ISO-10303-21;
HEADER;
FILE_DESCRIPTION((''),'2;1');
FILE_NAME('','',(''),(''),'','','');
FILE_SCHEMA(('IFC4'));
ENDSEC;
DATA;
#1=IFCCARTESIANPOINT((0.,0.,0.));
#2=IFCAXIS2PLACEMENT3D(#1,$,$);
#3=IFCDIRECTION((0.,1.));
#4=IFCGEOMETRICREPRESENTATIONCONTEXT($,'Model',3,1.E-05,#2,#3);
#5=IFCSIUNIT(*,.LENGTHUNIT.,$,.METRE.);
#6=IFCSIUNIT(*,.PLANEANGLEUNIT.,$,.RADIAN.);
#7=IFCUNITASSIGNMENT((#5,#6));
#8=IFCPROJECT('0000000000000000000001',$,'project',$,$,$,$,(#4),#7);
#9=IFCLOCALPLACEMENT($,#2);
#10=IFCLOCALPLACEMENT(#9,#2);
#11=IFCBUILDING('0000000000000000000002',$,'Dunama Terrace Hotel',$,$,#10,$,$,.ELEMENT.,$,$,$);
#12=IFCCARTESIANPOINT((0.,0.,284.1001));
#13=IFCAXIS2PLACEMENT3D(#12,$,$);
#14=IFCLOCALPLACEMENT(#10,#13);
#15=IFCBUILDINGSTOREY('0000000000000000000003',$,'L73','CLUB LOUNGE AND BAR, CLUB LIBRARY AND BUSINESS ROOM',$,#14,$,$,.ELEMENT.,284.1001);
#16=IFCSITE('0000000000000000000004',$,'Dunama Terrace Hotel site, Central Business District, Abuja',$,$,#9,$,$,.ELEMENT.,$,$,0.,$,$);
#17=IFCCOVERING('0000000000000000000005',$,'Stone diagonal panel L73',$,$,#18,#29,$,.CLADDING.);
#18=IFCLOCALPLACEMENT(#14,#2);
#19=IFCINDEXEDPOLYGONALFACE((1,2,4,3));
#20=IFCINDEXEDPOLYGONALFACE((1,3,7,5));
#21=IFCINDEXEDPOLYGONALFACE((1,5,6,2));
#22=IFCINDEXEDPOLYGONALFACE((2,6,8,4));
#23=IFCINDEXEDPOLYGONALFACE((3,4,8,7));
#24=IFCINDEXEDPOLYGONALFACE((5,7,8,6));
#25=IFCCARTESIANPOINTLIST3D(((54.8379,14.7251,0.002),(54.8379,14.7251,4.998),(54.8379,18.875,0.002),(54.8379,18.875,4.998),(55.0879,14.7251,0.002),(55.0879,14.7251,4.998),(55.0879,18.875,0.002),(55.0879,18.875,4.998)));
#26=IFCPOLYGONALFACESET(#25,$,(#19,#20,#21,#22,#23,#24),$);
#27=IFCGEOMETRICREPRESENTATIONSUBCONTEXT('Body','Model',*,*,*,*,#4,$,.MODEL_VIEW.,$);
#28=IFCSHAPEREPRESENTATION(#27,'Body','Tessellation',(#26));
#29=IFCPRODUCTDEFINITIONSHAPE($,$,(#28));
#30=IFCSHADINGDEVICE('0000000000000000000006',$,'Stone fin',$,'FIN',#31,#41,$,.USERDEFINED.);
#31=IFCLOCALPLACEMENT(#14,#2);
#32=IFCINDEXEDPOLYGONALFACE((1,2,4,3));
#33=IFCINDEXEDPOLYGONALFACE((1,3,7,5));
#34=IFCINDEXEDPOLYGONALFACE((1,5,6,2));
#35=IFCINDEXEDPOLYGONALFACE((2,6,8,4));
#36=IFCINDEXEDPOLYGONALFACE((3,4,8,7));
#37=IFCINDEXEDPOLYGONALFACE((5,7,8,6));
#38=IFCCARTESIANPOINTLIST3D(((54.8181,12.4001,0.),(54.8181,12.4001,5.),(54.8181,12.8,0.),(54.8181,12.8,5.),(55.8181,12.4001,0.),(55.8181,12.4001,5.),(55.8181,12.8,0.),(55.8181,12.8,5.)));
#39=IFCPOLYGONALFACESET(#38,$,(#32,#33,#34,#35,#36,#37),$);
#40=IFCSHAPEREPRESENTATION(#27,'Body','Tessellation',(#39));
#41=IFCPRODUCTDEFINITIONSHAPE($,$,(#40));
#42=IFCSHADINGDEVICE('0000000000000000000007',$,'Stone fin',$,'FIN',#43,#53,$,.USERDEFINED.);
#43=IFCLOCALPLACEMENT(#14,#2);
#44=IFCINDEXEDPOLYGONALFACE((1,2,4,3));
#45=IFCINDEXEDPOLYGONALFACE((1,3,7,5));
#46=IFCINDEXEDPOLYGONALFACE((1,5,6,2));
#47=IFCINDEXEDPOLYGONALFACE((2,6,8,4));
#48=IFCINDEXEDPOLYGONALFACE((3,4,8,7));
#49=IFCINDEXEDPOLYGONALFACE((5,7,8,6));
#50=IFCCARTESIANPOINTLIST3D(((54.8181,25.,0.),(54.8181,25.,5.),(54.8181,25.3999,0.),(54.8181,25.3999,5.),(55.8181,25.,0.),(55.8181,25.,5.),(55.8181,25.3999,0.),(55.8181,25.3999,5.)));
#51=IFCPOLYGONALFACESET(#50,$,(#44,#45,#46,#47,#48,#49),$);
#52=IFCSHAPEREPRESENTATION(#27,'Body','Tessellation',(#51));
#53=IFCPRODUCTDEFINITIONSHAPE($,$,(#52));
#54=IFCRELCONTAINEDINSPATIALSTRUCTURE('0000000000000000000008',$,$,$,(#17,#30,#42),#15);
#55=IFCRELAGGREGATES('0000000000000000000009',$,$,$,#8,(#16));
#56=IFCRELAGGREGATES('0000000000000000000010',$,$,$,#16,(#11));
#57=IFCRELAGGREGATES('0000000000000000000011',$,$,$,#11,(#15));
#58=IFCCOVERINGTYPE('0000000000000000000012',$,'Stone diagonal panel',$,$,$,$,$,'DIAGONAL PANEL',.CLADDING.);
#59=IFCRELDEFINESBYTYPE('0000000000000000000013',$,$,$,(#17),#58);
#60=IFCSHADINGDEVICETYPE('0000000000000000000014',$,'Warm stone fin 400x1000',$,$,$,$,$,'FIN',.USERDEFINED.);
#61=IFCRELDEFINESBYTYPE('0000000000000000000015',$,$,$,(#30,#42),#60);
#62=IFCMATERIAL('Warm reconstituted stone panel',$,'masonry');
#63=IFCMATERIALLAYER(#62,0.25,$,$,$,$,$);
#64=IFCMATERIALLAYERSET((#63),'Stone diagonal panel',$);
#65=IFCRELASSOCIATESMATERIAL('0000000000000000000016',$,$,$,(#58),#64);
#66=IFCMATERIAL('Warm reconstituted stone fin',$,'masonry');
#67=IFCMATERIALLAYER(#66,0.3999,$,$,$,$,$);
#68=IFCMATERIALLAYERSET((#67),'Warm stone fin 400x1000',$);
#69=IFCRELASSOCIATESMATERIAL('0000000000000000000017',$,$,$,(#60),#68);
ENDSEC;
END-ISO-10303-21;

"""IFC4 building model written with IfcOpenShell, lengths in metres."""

from ifc_helpers import new_model, si_unit, direction, frame, origin, origin_2d, place, context, subcontext, project, spatial, rectangle, extrude, material, layer, layer_set, type_object, element, save


model = new_model("IFC4")

# Units and contexts
model_context = context("Model", 3, precision=1e-05, world=origin(), true_north=direction((0.0, 1.0)))
body_context = subcontext(model_context, "Body", "Model", "MODEL_VIEW")
ifc_project = project(units=[si_unit("LENGTHUNIT", "METRE"), si_unit("PLANEANGLEUNIT", "RADIAN")], contexts=[model_context])

# Site, building, storey
site_placement = place(None, origin())
site = spatial("IfcSite", under=ifc_project, at=site_placement, Name="Dunama Terrace Hotel site, Central Business District, Abuja", CompositionType="ELEMENT", RefElevation=0.0)
building_placement = place(site_placement, origin())
building = spatial("IfcBuilding", under=site, at=building_placement, Name="Dunama Terrace Hotel", CompositionType="ELEMENT")
storey_placement = place(building_placement, frame((0.0, 0.0, 284.1001)))
storey = spatial("IfcBuildingStorey", under=building, at=storey_placement, Name="L73", Description="CLUB LOUNGE AND BAR, CLUB LIBRARY AND BUSINESS ROOM", CompositionType="ELEMENT", Elevation=284.1001)

# Covering
ifc_material_1 = material(Name="Warm reconstituted stone panel", Category="masonry")
ifc_layer_1 = layer(ifc_material_1, 0.25)
ifc_layer_set_1 = layer_set([ifc_layer_1], Name="Stone diagonal panel")
covering_type = type_object("IfcCoveringType", Name="Stone diagonal panel", ElementType="DIAGONAL PANEL", PredefinedType="CLADDING", material=ifc_layer_set_1)
covering_placement = place(storey_placement, frame((54.9629, 16.8, 0.002), z_axis=(0.0, 0.0, 1.0), x_axis=(0.0, 1.0, 0.0)))
element("IfcCovering", 1, at=covering_placement, inside=storey, type_object=covering_type, Name="Stone diagonal panel L73", PredefinedType="CLADDING", context=body_context, shape_type="SweptSolid", body=[
    extrude(rectangle(XDim=4.1499, YDim=0.25, at=origin_2d()), origin(), (0.0, 0.0, 1.0), 4.9961),
])

# Shading devices
ifc_material_2 = material(Name="Warm reconstituted stone fin", Category="masonry")
ifc_layer_2 = layer(ifc_material_2, 0.3999)
ifc_layer_set_2 = layer_set([ifc_layer_2], Name="Warm stone fin 400x1000")
shading_device_type = type_object("IfcShadingDeviceType", Name="Warm stone fin 400x1000", ElementType="FIN", PredefinedType="USERDEFINED", material=ifc_layer_set_2)
for number, where, z_axis, x_axis, name in (
    (2, (55.3181, 12.6001, 0.0), (0.0, 0.0, 1.0), (0.0, 1.0, 0.0), "Stone fin"),
    (3, (55.3181, 25.2, 0.0), (0.0, 0.0, 1.0), (0.0, 1.0, 0.0), "Stone fin"),
):
    element("IfcShadingDevice", number, at=place(storey_placement, frame(where, z_axis=z_axis, x_axis=x_axis)), inside=storey, type_object=shading_device_type, Name=name, ObjectType="FIN", PredefinedType="USERDEFINED", context=body_context, shape_type="SweptSolid", body=[
        extrude(rectangle(XDim=0.3999, YDim=1.0, at=origin_2d()), origin(), (0.0, 0.0, 1.0), 5.0),
    ])

save(model, "model.ifc")
